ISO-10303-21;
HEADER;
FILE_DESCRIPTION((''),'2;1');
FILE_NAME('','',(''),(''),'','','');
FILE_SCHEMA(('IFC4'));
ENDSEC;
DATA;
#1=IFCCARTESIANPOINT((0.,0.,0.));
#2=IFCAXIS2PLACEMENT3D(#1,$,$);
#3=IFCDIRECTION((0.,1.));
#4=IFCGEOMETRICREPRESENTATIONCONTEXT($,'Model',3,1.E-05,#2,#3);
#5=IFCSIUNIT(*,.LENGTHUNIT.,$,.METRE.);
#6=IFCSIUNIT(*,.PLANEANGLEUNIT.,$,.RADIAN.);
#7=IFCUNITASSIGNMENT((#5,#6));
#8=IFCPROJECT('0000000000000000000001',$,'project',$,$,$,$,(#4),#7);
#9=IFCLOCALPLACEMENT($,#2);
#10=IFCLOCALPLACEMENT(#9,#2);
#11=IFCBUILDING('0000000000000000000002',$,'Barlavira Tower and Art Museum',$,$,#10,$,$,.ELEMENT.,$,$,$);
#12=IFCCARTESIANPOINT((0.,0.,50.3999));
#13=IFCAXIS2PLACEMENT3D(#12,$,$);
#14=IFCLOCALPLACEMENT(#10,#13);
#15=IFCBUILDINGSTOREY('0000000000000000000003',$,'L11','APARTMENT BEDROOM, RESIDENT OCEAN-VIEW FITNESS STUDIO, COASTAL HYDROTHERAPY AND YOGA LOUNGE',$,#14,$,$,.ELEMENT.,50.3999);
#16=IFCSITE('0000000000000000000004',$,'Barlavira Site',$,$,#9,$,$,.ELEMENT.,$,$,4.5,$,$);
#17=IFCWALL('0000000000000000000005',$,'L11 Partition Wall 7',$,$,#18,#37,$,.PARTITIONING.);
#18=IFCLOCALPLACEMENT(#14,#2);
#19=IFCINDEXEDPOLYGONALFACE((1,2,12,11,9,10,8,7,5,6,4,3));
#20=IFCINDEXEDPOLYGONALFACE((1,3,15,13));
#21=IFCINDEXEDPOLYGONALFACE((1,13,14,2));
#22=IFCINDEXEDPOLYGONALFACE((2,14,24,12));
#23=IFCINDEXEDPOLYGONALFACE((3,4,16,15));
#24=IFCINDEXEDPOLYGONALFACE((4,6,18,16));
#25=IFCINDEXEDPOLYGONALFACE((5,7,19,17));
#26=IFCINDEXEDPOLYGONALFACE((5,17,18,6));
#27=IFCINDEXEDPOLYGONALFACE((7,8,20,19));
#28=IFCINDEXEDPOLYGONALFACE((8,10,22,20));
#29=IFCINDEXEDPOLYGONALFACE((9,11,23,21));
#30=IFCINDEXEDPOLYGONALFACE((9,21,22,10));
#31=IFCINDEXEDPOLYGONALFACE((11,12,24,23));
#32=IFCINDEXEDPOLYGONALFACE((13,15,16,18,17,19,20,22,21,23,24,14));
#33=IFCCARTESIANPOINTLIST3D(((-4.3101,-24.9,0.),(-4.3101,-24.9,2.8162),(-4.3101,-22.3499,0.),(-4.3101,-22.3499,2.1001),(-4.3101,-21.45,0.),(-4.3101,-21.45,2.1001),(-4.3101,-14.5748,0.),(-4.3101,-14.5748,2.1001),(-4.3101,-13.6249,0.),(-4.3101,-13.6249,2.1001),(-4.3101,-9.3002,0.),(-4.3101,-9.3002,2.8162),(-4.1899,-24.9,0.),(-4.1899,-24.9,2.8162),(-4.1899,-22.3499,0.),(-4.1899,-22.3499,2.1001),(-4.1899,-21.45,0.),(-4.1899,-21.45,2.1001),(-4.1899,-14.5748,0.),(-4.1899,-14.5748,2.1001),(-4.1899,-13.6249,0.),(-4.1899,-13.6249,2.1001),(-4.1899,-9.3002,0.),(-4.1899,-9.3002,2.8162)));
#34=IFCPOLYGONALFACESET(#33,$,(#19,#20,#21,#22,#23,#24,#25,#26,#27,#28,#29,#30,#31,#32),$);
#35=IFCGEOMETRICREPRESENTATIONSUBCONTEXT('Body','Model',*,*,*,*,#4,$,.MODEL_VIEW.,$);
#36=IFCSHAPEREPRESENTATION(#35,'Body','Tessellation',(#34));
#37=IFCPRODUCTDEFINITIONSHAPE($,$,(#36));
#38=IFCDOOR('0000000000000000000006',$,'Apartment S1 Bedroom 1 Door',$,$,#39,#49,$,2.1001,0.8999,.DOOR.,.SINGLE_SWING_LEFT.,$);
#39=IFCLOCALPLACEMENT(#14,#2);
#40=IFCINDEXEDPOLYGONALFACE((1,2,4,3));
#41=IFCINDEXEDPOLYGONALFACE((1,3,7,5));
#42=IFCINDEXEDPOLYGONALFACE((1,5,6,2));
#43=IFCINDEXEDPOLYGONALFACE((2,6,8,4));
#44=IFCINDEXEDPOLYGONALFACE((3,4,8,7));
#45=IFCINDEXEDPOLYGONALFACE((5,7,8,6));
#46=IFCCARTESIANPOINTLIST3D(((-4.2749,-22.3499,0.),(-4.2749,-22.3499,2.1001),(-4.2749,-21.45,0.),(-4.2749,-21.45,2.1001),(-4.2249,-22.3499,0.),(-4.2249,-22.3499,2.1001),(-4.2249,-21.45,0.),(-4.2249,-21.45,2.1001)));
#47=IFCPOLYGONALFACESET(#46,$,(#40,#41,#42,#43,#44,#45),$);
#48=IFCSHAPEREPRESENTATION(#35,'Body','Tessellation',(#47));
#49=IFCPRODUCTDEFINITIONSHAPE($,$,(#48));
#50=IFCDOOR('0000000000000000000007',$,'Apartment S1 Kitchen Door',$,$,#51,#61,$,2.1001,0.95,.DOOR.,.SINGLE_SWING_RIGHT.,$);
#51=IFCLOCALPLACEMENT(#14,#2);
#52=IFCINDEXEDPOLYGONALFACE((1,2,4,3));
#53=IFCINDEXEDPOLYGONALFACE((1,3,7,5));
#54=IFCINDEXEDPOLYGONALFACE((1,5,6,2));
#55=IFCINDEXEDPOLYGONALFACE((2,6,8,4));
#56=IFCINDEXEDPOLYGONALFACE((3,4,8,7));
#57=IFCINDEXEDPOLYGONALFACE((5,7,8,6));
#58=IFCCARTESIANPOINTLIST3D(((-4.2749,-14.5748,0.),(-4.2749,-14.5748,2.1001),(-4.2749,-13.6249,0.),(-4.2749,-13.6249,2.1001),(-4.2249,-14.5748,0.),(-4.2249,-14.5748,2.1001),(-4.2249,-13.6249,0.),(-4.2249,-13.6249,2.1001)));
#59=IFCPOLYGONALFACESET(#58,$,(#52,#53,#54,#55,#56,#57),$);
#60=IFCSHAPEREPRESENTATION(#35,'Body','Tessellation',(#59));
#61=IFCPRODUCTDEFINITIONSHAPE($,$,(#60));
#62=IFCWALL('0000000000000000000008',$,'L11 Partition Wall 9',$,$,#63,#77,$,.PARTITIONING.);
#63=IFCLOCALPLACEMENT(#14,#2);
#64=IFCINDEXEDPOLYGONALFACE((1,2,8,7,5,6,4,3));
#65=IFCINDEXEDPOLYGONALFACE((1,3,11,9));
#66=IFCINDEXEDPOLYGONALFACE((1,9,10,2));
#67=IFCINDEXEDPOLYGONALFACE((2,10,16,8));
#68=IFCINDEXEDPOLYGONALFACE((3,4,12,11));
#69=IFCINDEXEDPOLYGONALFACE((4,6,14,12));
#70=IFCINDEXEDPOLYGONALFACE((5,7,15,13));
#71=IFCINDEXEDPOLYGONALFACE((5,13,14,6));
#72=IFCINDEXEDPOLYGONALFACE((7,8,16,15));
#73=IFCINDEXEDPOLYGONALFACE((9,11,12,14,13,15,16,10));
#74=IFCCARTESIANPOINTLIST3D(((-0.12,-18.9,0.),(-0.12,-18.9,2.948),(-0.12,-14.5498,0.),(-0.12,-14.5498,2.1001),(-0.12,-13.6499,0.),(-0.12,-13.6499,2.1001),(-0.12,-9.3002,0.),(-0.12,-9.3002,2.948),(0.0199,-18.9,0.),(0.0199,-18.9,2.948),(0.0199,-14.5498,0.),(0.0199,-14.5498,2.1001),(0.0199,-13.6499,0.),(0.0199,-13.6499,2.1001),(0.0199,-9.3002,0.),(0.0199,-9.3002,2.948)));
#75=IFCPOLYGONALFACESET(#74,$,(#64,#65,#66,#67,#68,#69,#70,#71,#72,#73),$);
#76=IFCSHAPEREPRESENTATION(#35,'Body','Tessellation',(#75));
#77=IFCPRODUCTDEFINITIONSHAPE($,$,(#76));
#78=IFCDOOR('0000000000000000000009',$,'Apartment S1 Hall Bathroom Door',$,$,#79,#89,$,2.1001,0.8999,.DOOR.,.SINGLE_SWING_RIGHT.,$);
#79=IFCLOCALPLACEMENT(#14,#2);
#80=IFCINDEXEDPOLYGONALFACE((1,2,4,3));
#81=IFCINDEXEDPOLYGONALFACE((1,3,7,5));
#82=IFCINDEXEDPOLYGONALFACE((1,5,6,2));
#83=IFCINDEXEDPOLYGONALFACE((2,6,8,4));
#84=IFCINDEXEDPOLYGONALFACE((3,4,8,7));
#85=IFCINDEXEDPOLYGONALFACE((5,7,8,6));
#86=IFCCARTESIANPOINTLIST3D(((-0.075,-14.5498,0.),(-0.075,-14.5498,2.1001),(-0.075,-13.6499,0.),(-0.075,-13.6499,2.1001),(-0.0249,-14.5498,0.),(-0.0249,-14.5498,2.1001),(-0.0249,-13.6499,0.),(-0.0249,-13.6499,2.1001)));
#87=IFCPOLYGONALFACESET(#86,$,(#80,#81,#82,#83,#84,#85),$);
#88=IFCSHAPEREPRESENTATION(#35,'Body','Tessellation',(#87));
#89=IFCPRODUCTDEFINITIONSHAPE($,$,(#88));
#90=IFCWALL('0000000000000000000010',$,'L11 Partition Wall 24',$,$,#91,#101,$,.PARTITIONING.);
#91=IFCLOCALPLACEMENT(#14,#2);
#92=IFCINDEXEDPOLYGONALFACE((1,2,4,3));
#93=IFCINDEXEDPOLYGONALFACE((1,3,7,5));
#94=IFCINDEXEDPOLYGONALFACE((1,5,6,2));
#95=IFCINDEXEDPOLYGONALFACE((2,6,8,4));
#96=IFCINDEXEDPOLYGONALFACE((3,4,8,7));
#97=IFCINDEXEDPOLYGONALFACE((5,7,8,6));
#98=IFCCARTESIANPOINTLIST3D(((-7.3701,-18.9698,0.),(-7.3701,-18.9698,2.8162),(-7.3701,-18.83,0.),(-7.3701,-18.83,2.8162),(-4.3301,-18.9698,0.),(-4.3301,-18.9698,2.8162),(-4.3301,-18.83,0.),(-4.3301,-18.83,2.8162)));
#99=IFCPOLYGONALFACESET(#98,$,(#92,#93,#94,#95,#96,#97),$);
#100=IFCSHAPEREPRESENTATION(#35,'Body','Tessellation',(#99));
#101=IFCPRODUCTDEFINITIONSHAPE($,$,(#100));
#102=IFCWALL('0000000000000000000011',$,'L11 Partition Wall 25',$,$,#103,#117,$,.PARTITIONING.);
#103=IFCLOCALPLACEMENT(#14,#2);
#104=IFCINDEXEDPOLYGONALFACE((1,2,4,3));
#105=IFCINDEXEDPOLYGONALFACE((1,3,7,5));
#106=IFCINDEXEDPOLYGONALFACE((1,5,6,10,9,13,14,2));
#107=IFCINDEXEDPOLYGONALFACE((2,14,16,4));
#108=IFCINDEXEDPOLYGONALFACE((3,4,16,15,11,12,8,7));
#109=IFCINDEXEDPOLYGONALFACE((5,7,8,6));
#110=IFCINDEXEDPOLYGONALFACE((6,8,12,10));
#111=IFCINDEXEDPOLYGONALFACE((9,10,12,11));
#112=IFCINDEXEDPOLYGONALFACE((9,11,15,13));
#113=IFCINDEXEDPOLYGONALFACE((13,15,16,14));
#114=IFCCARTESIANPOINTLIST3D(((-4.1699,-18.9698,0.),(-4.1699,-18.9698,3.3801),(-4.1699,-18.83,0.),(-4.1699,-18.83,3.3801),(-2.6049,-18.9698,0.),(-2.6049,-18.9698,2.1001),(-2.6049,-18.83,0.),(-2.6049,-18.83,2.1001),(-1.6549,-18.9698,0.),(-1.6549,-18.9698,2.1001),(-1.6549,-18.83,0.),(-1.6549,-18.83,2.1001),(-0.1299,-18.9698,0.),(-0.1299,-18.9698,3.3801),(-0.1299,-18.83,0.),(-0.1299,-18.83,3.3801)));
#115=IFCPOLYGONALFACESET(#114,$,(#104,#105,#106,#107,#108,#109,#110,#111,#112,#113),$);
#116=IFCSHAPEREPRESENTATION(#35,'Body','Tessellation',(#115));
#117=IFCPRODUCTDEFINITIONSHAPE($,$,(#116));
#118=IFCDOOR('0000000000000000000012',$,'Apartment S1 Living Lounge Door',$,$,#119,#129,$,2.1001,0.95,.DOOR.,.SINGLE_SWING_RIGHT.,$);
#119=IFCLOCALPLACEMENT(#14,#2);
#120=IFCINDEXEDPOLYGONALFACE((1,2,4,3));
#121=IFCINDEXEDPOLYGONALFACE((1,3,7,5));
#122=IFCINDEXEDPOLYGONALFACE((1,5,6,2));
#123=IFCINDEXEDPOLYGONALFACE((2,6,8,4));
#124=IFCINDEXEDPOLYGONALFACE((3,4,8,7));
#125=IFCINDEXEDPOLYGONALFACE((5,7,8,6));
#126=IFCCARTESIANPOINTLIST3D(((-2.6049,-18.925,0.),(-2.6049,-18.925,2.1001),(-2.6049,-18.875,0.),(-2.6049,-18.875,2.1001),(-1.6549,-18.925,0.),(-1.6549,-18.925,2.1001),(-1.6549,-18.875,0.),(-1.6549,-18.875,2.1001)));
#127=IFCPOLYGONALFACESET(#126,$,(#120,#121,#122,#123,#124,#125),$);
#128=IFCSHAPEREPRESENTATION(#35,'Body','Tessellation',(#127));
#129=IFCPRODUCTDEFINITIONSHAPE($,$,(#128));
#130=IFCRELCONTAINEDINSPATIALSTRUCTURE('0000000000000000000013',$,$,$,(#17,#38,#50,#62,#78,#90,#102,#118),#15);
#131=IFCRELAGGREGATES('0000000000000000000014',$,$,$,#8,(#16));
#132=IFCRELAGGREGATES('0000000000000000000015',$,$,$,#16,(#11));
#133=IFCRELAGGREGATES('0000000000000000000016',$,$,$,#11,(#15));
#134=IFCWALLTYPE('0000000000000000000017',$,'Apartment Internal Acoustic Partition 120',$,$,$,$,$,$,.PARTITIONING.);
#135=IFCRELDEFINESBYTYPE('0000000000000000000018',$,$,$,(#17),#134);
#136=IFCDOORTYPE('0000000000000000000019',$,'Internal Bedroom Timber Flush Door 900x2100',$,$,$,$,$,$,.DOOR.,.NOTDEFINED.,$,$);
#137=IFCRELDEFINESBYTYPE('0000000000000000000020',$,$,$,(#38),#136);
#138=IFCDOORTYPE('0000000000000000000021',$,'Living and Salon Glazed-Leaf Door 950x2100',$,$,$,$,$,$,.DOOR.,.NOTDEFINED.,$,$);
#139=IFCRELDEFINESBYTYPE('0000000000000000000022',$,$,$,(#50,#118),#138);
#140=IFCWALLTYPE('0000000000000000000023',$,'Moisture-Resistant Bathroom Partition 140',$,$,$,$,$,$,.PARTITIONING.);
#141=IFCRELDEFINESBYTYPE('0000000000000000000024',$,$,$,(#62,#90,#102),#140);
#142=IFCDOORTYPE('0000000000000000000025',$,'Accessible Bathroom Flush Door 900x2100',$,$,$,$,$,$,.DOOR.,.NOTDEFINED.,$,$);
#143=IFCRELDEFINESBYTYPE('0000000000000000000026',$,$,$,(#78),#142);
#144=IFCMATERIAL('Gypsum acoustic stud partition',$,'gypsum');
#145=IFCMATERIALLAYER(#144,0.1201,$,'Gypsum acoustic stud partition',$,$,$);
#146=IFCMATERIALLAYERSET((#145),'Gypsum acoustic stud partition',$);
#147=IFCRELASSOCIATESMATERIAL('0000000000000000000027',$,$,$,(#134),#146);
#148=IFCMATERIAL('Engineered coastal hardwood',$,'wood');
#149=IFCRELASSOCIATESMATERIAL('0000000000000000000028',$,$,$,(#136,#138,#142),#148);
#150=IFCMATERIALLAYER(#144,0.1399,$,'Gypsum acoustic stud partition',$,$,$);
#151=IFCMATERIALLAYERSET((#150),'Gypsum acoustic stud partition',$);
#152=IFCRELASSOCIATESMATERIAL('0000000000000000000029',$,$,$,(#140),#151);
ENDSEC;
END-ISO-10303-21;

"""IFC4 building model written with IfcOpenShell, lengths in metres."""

from ifc_helpers import new_model, si_unit, direction, frame, frame_2d, origin, place, context, subcontext, project, spatial, rectangle, extrude, material, layer, layer_set, type_object, element, fill, save


model = new_model("IFC4")

# Units and contexts
model_context = context("Model", 3, precision=1e-05, world=origin(), true_north=direction((0.0, 1.0)))
body_context = subcontext(model_context, "Body", "Model", "MODEL_VIEW")
ifc_project = project(units=[si_unit("LENGTHUNIT", "METRE"), si_unit("PLANEANGLEUNIT", "RADIAN")], contexts=[model_context])

# Site, building, storey
site_placement = place(None, origin())
site = spatial("IfcSite", under=ifc_project, at=site_placement, Name="Barlavira Site", CompositionType="ELEMENT", RefElevation=4.5)
building_placement = place(site_placement, origin())
building = spatial("IfcBuilding", under=site, at=building_placement, Name="Barlavira Tower and Art Museum", CompositionType="ELEMENT")
storey_placement = place(building_placement, frame((0.0, 0.0, 50.3999)))
storey = spatial("IfcBuildingStorey", under=building, at=storey_placement, Name="L11", Description="APARTMENT BEDROOM, RESIDENT OCEAN-VIEW FITNESS STUDIO, COASTAL HYDROTHERAPY AND YOGA LOUNGE", CompositionType="ELEMENT", Elevation=50.3999)

# Wall, openings, doors
ifc_material_1 = material(Name="Gypsum acoustic stud partition", Category="gypsum")
ifc_layer_1 = layer(ifc_material_1, 0.1201, Name="Gypsum acoustic stud partition")
ifc_layer_set_1 = layer_set([ifc_layer_1], Name="Gypsum acoustic stud partition")
wall_type_1 = type_object("IfcWallType", Name="Apartment Internal Acoustic Partition 120", PredefinedType="PARTITIONING", material=ifc_layer_set_1)
wall_1_placement = place(storey_placement, frame((-4.25, -24.8999, 0.0), z_axis=(0.0, 0.0, 1.0), x_axis=(0.0, 1.0, 0.0)))
wall_1 = element("IfcWall", 1, at=wall_1_placement, inside=storey, type_object=wall_type_1, Name="L11 Partition Wall 7", PredefinedType="PARTITIONING", context=body_context, shape_type="SweptSolid", body=[
    extrude(rectangle(XDim=15.5999, YDim=0.1201, at=frame_2d((7.7998, 0.0))), origin(), (0.0, 0.0, 1.0), 2.8162),
])
opening_1_placement = place(wall_1_placement, frame((10.325, 0.0, 0.0)))
opening_1 = element("IfcOpeningElement", 2, at=opening_1_placement, cuts=wall_1, PredefinedType="OPENING", context=body_context, shape_type="SweptSolid", body=[
    extrude(rectangle(XDim=0.95, YDim=2.1001, at=frame_2d((0.4751, 1.05))), frame((0.0, 0.0701, 0.0), z_axis=(0.0, -1.0, 0.0), x_axis=(1.0, 0.0, 0.0)), (0.0, 0.0, 1.0), 0.1401),
])
opening_2_placement = place(wall_1_placement, frame((2.55, 0.0, 0.0)))
opening_2 = element("IfcOpeningElement", 3, at=opening_2_placement, cuts=wall_1, PredefinedType="OPENING", context=body_context, shape_type="SweptSolid", body=[
    extrude(rectangle(XDim=0.8999, YDim=2.1001, at=frame_2d((0.45, 1.05))), frame((0.0, 0.0701, 0.0), z_axis=(0.0, -1.0, 0.0), x_axis=(1.0, 0.0, 0.0)), (0.0, 0.0, 1.0), 0.1401),
])
ifc_material_2 = material(Name="Engineered coastal hardwood", Category="wood")
door_type_1 = type_object("IfcDoorType", Name="Internal Bedroom Timber Flush Door 900x2100", OperationType="NOTDEFINED", PredefinedType="DOOR", material=ifc_material_2)
door_1_placement = place(opening_2_placement, origin())
door_1 = element("IfcDoor", 4, at=door_1_placement, inside=storey, type_object=door_type_1, Name="Apartment S1 Bedroom 1 Door", OperationType="SINGLE_SWING_LEFT", OverallHeight=2.1001, OverallWidth=0.8999, PredefinedType="DOOR", context=body_context, shape_type="SweptSolid", body=[
    extrude(rectangle(XDim=0.8999, YDim=2.1001, at=frame_2d((0.45, 1.05))), frame((0.0, 0.0249, 0.0), z_axis=(0.0, -1.0, 0.0), x_axis=(1.0, 0.0, 0.0)), (0.0, 0.0, 1.0), 0.05),
])
fill(opening_2, door_1)
door_type_2 = type_object("IfcDoorType", Name="Living and Salon Glazed-Leaf Door 950x2100", OperationType="NOTDEFINED", PredefinedType="DOOR", material=ifc_material_2)
door_2_placement = place(opening_1_placement, origin())
door_2 = element("IfcDoor", 5, at=door_2_placement, inside=storey, type_object=door_type_2, Name="Apartment S1 Kitchen Door", OperationType="SINGLE_SWING_RIGHT", OverallHeight=2.1001, OverallWidth=0.95, PredefinedType="DOOR", context=body_context, shape_type="SweptSolid", body=[
    extrude(rectangle(XDim=0.95, YDim=2.1001, at=frame_2d((0.4751, 1.05))), frame((0.0, 0.0249, 0.0), z_axis=(0.0, -1.0, 0.0), x_axis=(1.0, 0.0, 0.0)), (0.0, 0.0, 1.0), 0.05),
])
fill(opening_1, door_2)

# Wall, opening, door
ifc_layer_2 = layer(ifc_material_1, 0.1399, Name="Gypsum acoustic stud partition")
ifc_layer_set_2 = layer_set([ifc_layer_2], Name="Gypsum acoustic stud partition")
wall_type_2 = type_object("IfcWallType", Name="Moisture-Resistant Bathroom Partition 140", PredefinedType="PARTITIONING", material=ifc_layer_set_2)
wall_2_placement = place(storey_placement, frame((-0.05, -18.8999, 0.0), z_axis=(0.0, 0.0, 1.0), x_axis=(0.0, 1.0, 0.0)))
wall_2 = element("IfcWall", 6, at=wall_2_placement, inside=storey, type_object=wall_type_2, Name="L11 Partition Wall 9", PredefinedType="PARTITIONING", context=body_context, shape_type="SweptSolid", body=[
    extrude(rectangle(XDim=9.5999, YDim=0.1399, at=frame_2d((4.7998, 0.0))), origin(), (0.0, 0.0, 1.0), 2.948),
])
opening_3_placement = place(wall_2_placement, frame((4.3501, 0.0, 0.0)))
opening_3 = element("IfcOpeningElement", 7, at=opening_3_placement, cuts=wall_2, PredefinedType="OPENING", context=body_context, shape_type="SweptSolid", body=[
    extrude(rectangle(XDim=0.8999, YDim=2.1001, at=frame_2d((0.45, 1.05))), frame((0.0, 0.0801, 0.0), z_axis=(0.0, -1.0, 0.0), x_axis=(1.0, 0.0, 0.0)), (0.0, 0.0, 1.0), 0.1599),
])
door_type_3 = type_object("IfcDoorType", Name="Accessible Bathroom Flush Door 900x2100", OperationType="NOTDEFINED", PredefinedType="DOOR", material=ifc_material_2)
door_3_placement = place(opening_3_placement, origin())
door_3 = element("IfcDoor", 8, at=door_3_placement, inside=storey, type_object=door_type_3, Name="Apartment S1 Hall Bathroom Door", OperationType="SINGLE_SWING_RIGHT", OverallHeight=2.1001, OverallWidth=0.8999, PredefinedType="DOOR", context=body_context, shape_type="SweptSolid", body=[
    extrude(rectangle(XDim=0.8999, YDim=2.1001, at=frame_2d((0.45, 1.05))), frame((0.0, 0.0249, 0.0), z_axis=(0.0, -1.0, 0.0), x_axis=(1.0, 0.0, 0.0)), (0.0, 0.0, 1.0), 0.05),
])
fill(opening_3, door_3)

# Wall
wall_3_placement = place(storey_placement, frame((-7.3701, -18.8999, 0.0), z_axis=(0.0, 0.0, 1.0), x_axis=(1.0, 0.0, 0.0)))
element("IfcWall", 9, at=wall_3_placement, inside=storey, type_object=wall_type_2, Name="L11 Partition Wall 24", PredefinedType="PARTITIONING", context=body_context, shape_type="SweptSolid", body=[
    extrude(rectangle(XDim=3.04, YDim=0.1399, at=frame_2d((1.52, 0.0))), origin(), (0.0, 0.0, 1.0), 2.8162),
])

# Wall, opening, door
wall_4_placement = place(storey_placement, frame((-4.1699, -18.8999, 0.0), z_axis=(0.0, 0.0, 1.0), x_axis=(1.0, 0.0, 0.0)))
wall_4 = element("IfcWall", 10, at=wall_4_placement, inside=storey, type_object=wall_type_2, Name="L11 Partition Wall 25", PredefinedType="PARTITIONING", context=body_context, shape_type="SweptSolid", body=[
    extrude(rectangle(XDim=4.04, YDim=0.1399, at=frame_2d((2.02, 0.0))), origin(), (0.0, 0.0, 1.0), 3.3801),
])
opening_4_placement = place(wall_4_placement, frame((1.5649, 0.0, 0.0)))
opening_4 = element("IfcOpeningElement", 11, at=opening_4_placement, cuts=wall_4, PredefinedType="OPENING", context=body_context, shape_type="SweptSolid", body=[
    extrude(rectangle(XDim=0.95, YDim=2.1001, at=frame_2d((0.4751, 1.05))), frame((0.0, 0.0801, 0.0), z_axis=(0.0, -1.0, 0.0), x_axis=(1.0, 0.0, 0.0)), (0.0, 0.0, 1.0), 0.1599),
])
door_4_placement = place(opening_4_placement, origin())
door_4 = element("IfcDoor", 12, at=door_4_placement, inside=storey, type_object=door_type_2, Name="Apartment S1 Living Lounge Door", OperationType="SINGLE_SWING_RIGHT", OverallHeight=2.1001, OverallWidth=0.95, PredefinedType="DOOR", context=body_context, shape_type="SweptSolid", body=[
    extrude(rectangle(XDim=0.95, YDim=2.1001, at=frame_2d((0.4751, 1.05))), frame((0.0, 0.0249, 0.0), z_axis=(0.0, -1.0, 0.0), x_axis=(1.0, 0.0, 0.0)), (0.0, 0.0, 1.0), 0.05),
])
fill(opening_4, door_4)

save(model, "model.ifc")
